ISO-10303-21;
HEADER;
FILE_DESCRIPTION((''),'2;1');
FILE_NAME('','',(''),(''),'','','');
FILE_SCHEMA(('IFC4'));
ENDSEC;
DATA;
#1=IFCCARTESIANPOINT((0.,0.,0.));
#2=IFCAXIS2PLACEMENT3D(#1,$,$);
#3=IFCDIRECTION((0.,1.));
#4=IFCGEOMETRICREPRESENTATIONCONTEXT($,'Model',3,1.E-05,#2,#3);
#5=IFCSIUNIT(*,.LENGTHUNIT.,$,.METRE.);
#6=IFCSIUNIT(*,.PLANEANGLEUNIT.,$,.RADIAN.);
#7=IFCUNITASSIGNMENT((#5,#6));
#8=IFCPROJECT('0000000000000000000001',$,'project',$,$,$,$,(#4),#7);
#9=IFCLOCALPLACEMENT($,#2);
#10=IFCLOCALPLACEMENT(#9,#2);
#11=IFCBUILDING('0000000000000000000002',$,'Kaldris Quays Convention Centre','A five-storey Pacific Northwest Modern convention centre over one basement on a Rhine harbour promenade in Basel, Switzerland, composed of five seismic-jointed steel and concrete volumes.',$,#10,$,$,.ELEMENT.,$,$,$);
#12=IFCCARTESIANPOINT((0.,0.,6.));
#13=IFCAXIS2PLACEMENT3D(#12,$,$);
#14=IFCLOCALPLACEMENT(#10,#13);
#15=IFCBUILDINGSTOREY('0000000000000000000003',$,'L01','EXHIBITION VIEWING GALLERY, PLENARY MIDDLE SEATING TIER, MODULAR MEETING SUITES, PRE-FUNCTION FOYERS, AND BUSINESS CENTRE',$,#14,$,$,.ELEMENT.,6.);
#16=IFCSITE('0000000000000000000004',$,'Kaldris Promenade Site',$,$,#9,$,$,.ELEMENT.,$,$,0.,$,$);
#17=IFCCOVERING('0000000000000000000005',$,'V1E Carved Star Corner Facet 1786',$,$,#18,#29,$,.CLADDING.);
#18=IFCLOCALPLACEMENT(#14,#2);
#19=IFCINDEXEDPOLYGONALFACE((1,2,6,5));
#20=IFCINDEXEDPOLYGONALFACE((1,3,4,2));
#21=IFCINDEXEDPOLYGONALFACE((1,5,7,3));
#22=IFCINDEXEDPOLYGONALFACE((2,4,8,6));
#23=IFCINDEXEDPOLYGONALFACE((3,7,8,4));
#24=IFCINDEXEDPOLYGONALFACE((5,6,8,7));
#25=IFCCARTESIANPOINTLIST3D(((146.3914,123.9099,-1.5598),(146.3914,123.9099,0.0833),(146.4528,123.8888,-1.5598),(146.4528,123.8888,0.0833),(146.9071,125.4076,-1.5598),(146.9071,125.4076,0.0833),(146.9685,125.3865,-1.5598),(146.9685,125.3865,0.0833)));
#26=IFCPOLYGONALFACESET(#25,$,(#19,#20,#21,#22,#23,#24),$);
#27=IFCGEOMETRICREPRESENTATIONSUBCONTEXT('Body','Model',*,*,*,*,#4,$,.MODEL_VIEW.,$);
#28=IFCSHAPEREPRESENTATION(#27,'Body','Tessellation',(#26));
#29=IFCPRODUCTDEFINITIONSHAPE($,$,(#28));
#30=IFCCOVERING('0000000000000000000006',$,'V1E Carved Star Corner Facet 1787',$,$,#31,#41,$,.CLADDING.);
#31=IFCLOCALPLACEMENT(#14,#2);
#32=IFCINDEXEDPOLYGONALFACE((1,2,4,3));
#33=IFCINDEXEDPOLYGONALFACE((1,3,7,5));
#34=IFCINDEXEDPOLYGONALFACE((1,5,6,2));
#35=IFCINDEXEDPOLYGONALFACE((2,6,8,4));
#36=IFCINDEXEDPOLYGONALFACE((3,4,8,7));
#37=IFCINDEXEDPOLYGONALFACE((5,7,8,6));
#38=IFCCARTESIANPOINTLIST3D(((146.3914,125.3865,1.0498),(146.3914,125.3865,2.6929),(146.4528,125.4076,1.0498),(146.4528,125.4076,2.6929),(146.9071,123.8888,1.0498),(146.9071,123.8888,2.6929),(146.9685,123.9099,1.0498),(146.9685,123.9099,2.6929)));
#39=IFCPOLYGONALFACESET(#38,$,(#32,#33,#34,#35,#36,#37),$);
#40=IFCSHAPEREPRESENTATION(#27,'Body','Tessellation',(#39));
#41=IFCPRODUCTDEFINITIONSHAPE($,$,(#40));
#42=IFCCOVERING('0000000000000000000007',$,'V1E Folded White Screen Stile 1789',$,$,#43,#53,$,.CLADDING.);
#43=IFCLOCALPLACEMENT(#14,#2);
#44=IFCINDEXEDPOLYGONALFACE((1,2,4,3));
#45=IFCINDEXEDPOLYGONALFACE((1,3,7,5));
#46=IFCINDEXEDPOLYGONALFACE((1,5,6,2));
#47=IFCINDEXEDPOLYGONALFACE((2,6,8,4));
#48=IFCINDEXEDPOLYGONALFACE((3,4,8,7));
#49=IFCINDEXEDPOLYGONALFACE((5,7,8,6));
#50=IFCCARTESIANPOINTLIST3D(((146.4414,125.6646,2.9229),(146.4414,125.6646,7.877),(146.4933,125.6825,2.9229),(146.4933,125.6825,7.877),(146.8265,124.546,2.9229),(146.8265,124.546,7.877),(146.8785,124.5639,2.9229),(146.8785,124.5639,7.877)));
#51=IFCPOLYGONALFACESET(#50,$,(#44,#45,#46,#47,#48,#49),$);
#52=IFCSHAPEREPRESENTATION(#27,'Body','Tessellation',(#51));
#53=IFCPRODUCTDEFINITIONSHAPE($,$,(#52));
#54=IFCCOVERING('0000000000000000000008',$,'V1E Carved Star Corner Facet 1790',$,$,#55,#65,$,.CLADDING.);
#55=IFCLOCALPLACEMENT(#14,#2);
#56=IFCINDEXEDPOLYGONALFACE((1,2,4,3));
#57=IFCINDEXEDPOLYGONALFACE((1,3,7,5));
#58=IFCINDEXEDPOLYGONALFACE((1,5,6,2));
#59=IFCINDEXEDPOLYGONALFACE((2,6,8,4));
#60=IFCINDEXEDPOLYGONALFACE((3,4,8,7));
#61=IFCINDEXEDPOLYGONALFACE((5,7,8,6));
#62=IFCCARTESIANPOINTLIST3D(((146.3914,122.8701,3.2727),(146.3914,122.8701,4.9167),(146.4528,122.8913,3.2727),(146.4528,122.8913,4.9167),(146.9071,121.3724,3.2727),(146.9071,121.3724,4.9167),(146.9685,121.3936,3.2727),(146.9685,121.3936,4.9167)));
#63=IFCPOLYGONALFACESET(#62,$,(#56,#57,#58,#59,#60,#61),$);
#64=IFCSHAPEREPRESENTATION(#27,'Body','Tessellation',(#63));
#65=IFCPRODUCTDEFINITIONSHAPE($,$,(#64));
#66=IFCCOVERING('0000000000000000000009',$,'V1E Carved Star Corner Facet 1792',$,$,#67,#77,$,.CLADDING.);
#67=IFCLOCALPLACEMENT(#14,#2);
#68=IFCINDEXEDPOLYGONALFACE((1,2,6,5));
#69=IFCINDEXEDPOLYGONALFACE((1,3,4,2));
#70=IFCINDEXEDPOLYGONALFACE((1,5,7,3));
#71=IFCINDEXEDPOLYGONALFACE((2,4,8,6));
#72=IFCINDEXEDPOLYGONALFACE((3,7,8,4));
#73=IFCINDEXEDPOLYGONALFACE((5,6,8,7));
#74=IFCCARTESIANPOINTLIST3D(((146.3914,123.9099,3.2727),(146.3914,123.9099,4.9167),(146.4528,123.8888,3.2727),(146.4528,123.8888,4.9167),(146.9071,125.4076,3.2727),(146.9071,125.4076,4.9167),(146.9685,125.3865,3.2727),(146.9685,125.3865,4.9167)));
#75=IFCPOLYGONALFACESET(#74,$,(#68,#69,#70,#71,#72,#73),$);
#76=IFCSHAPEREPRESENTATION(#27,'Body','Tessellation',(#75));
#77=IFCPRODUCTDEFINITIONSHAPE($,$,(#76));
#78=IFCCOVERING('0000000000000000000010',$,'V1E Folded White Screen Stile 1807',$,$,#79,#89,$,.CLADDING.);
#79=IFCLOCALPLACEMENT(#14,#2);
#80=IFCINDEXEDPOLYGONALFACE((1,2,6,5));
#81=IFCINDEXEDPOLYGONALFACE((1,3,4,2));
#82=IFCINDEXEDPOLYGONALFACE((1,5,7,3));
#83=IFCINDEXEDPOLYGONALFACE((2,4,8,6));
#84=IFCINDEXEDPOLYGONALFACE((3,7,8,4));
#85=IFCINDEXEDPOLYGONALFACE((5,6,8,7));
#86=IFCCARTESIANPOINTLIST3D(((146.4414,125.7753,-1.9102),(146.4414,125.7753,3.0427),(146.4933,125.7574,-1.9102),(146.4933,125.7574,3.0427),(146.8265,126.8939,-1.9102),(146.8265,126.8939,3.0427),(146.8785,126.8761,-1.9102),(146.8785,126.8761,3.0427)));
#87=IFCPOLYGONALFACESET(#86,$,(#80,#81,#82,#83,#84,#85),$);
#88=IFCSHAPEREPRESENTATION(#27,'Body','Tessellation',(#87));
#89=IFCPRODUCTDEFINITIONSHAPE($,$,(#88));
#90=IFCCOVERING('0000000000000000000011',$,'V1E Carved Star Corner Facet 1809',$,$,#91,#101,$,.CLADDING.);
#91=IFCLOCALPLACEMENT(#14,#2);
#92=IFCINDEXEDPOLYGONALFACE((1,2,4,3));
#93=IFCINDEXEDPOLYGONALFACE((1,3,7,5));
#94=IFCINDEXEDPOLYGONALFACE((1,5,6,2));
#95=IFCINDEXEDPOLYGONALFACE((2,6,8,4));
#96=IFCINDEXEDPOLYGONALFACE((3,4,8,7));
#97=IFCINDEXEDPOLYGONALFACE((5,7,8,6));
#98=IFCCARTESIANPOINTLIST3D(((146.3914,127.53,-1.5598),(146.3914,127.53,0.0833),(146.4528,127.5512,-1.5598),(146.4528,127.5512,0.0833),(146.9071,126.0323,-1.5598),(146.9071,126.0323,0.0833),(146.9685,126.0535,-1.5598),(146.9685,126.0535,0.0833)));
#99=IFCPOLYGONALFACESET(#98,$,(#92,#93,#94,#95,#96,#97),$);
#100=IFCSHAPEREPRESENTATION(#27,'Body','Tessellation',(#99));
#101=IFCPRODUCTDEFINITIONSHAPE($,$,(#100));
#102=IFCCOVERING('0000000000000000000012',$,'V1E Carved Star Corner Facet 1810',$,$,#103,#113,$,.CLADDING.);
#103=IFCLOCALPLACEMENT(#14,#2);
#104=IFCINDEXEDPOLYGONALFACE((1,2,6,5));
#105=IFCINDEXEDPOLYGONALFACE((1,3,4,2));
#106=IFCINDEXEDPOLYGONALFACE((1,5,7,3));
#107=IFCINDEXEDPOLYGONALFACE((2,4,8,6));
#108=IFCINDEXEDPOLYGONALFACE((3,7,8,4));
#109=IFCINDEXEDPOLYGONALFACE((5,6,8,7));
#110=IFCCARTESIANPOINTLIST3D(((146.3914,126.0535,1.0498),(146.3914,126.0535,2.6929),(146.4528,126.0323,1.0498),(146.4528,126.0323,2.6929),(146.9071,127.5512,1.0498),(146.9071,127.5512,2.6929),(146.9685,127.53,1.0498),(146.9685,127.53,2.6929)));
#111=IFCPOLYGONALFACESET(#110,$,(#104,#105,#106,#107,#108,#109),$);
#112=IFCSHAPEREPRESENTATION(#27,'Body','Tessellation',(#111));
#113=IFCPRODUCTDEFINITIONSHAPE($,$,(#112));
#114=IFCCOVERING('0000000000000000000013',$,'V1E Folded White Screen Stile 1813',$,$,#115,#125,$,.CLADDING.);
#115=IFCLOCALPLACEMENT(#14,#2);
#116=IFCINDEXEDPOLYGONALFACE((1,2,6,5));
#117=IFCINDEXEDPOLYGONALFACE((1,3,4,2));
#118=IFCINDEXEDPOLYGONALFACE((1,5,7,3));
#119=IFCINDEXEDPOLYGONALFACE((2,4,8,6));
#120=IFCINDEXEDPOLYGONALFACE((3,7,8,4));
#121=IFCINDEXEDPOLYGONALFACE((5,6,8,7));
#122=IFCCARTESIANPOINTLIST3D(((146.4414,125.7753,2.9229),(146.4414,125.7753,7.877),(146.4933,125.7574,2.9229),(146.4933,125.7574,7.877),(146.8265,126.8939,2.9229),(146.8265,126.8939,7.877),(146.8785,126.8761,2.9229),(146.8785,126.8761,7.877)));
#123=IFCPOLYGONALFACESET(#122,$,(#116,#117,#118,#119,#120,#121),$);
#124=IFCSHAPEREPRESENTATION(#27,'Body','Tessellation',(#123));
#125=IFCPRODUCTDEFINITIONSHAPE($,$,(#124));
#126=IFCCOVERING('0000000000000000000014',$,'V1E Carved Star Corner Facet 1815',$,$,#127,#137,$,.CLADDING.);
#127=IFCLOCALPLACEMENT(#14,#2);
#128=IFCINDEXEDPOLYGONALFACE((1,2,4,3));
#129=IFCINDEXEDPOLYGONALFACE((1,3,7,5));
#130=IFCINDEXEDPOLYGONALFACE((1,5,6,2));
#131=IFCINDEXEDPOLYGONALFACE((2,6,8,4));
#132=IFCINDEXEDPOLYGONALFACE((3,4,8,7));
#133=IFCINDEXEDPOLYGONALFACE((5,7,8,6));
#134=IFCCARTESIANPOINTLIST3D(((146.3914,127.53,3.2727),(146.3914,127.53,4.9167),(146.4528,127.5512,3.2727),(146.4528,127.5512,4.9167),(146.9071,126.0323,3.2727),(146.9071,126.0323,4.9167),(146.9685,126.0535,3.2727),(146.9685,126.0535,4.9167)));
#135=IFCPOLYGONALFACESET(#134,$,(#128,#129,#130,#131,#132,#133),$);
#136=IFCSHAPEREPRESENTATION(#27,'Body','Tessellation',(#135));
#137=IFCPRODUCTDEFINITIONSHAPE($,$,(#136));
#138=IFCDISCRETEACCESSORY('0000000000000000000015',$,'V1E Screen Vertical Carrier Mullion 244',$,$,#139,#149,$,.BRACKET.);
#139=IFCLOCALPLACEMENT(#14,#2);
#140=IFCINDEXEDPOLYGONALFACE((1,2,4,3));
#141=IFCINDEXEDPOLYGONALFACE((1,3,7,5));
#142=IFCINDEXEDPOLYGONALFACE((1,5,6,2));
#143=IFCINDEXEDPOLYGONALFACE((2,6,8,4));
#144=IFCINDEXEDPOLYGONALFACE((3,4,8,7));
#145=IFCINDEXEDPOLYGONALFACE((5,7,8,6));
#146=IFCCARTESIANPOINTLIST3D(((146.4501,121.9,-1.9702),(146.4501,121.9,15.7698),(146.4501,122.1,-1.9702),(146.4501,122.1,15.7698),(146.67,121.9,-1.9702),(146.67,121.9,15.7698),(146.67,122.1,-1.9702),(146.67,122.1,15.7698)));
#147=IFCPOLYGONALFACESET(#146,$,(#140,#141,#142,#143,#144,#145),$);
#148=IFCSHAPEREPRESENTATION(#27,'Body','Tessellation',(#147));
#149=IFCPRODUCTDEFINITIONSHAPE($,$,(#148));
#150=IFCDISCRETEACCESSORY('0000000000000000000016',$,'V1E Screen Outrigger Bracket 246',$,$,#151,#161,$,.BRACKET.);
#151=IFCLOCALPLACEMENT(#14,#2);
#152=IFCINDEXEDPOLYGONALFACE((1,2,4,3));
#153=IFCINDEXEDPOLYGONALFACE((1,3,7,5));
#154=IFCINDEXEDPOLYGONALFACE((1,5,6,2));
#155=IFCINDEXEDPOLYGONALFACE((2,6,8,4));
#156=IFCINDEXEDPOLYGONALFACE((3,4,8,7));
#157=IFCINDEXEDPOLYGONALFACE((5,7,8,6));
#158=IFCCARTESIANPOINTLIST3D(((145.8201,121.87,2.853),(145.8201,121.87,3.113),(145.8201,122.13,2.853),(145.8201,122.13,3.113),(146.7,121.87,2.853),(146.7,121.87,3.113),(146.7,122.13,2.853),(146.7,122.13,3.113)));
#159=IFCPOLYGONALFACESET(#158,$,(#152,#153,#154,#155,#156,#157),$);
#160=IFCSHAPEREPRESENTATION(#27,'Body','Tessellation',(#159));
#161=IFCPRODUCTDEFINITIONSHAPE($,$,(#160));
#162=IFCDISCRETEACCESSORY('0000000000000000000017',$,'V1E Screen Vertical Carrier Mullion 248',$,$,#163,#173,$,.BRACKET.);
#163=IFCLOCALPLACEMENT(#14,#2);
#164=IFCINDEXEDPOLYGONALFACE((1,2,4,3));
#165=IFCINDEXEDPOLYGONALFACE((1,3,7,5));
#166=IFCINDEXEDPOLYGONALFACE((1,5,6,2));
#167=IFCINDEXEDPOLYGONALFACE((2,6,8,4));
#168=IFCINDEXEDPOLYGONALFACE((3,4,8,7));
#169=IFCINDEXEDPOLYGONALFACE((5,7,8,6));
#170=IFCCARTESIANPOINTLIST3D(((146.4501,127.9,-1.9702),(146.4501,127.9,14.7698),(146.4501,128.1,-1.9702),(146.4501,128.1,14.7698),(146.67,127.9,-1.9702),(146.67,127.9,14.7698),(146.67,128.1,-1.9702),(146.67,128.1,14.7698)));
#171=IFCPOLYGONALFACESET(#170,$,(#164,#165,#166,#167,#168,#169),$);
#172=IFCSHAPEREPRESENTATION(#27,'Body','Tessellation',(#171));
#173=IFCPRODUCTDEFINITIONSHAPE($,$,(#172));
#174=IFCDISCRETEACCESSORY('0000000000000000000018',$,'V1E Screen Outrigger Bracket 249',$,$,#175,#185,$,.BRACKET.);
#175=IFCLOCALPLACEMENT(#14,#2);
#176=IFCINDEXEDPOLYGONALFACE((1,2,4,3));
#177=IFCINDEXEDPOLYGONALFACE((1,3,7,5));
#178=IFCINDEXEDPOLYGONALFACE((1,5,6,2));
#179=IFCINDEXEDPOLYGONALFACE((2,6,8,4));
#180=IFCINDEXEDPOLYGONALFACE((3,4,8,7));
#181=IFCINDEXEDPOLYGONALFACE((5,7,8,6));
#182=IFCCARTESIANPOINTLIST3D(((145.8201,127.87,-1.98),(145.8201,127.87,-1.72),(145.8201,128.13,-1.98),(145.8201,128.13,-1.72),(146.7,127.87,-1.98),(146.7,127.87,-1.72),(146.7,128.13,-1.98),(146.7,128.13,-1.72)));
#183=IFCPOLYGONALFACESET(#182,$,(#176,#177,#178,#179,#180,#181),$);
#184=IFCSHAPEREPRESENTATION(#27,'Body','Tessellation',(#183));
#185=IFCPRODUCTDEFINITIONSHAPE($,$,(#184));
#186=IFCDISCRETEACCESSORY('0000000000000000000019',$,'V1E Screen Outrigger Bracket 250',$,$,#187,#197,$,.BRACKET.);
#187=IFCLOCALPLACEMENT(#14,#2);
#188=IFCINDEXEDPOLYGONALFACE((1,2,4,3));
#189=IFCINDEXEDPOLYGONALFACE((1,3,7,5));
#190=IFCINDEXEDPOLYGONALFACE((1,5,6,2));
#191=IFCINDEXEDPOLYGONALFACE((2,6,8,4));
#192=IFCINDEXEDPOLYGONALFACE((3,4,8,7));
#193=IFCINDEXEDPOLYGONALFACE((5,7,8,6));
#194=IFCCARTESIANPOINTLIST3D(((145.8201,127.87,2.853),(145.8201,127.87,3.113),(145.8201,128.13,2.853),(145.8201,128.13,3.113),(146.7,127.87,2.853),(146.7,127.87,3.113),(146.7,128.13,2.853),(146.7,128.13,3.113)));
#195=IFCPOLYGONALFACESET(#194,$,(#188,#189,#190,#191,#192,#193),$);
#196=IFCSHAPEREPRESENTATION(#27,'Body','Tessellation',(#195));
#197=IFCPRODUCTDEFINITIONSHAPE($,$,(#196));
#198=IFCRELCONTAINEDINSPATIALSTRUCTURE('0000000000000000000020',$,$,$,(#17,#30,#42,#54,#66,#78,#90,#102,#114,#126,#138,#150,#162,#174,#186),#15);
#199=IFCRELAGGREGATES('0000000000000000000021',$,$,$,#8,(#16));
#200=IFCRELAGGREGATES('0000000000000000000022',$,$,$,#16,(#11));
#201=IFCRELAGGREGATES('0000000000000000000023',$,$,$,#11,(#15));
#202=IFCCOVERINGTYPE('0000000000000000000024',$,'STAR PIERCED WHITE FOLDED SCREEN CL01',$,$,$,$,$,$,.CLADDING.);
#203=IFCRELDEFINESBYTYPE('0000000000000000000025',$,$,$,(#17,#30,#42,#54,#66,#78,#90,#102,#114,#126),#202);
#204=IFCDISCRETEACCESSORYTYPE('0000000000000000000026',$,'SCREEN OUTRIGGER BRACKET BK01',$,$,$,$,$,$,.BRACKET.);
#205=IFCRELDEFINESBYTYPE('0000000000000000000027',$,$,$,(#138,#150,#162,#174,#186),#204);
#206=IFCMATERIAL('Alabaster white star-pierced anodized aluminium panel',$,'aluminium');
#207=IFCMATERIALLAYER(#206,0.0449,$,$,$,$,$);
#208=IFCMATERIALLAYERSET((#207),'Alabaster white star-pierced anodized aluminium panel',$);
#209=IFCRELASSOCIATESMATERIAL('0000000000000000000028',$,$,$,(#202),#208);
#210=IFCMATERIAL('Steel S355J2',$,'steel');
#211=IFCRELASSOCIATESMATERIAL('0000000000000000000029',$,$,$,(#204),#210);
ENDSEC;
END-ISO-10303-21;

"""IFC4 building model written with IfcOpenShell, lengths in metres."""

from ifc_helpers import new_model, si_unit, direction, frame, origin, origin_2d, place, context, subcontext, project, spatial, rectangle, extrude, material, layer, layer_set, type_object, element, save


model = new_model("IFC4")

# Units and contexts
model_context = context("Model", 3, precision=1e-05, world=origin(), true_north=direction((0.0, 1.0)))
body_context = subcontext(model_context, "Body", "Model", "MODEL_VIEW")
ifc_project = project(units=[si_unit("LENGTHUNIT", "METRE"), si_unit("PLANEANGLEUNIT", "RADIAN")], contexts=[model_context])

# Site, building, storey
site_placement = place(None, origin())
site = spatial("IfcSite", under=ifc_project, at=site_placement, Name="Kaldris Promenade Site", CompositionType="ELEMENT", RefElevation=0.0)
building_placement = place(site_placement, origin())
building = spatial("IfcBuilding", under=site, at=building_placement, Name="Kaldris Quays Convention Centre", Description="A five-storey Pacific Northwest Modern convention centre over one basement on a Rhine harbour promenade in Basel, Switzerland, composed of five seismic-jointed steel and concrete volumes.", CompositionType="ELEMENT")
storey_placement = place(building_placement, frame((0.0, 0.0, 6.0)))
storey = spatial("IfcBuildingStorey", under=building, at=storey_placement, Name="L01", Description="EXHIBITION VIEWING GALLERY, PLENARY MIDDLE SEATING TIER, MODULAR MEETING SUITES, PRE-FUNCTION FOYERS, AND BUSINESS CENTRE", CompositionType="ELEMENT", Elevation=6.0)

# Shared definitions
ifc_material_1 = material(Name="Steel S355J2", Category="steel")

# Coverings
ifc_material_2 = material(Name="Alabaster white star-pierced anodized aluminium panel", Category="aluminium")
ifc_layer_1 = layer(ifc_material_2, 0.0449)
ifc_layer_set_1 = layer_set([ifc_layer_1], Name="Alabaster white star-pierced anodized aluminium panel")
covering_type = type_object("IfcCoveringType", Name="STAR PIERCED WHITE FOLDED SCREEN CL01", PredefinedType="CLADDING", material=ifc_layer_set_1)
for number, where, z_axis, x_axis, name in (
    (1, (146.6799, 124.6482, -1.5598), (0.0, 0.0, 1.0), (0.325568, 0.945519, 0.0), "V1E Carved Star Corner Facet 1786"),
    (2, (146.6799, 124.6482, 1.0498), (0.0, 0.0, 1.0), (-0.325568, 0.945519, 0.0), "V1E Carved Star Corner Facet 1787"),
):
    element("IfcCovering", number, at=place(storey_placement, frame(where, z_axis=z_axis, x_axis=x_axis)), inside=storey, type_object=covering_type, Name=name, PredefinedType="CLADDING", context=body_context, shape_type="SweptSolid", body=[
        extrude(rectangle(XDim=1.584, YDim=0.0649, at=origin_2d()), origin(), (0.0, 0.0, 1.0), 1.6431),
    ])
covering_1_placement = place(storey_placement, frame((146.6599, 125.1143, 2.9229), z_axis=(0.0, 0.0, 1.0), x_axis=(-0.325568, 0.945519, 0.0)))
element("IfcCovering", 3, at=covering_1_placement, inside=storey, type_object=covering_type, Name="V1E Folded White Screen Stile 1789", PredefinedType="CLADDING", context=body_context, shape_type="SweptSolid", body=[
    extrude(rectangle(XDim=1.1831, YDim=0.0549, at=origin_2d()), origin(), (0.0, 0.0, 1.0), 4.9541),
])
for number, where, z_axis, x_axis, name in (
    (4, (146.6799, 122.1318, 3.2727), (0.0, 0.0, 1.0), (-0.325568, 0.945519, 0.0), "V1E Carved Star Corner Facet 1790"),
    (5, (146.6799, 124.6482, 3.2727), (0.0, 0.0, 1.0), (0.325568, 0.945519, 0.0), "V1E Carved Star Corner Facet 1792"),
):
    element("IfcCovering", number, at=place(storey_placement, frame(where, z_axis=z_axis, x_axis=x_axis)), inside=storey, type_object=covering_type, Name=name, PredefinedType="CLADDING", context=body_context, shape_type="SweptSolid", body=[
        extrude(rectangle(XDim=1.584, YDim=0.0649, at=origin_2d()), origin(), (0.0, 0.0, 1.0), 1.644),
    ])
covering_2_placement = place(storey_placement, frame((146.6599, 126.3257, -1.9102), z_axis=(0.0, 0.0, 1.0), x_axis=(0.325568, 0.945519, 0.0)))
element("IfcCovering", 6, at=covering_2_placement, inside=storey, type_object=covering_type, Name="V1E Folded White Screen Stile 1807", PredefinedType="CLADDING", context=body_context, shape_type="SweptSolid", body=[
    extrude(rectangle(XDim=1.1831, YDim=0.0549, at=origin_2d()), origin(), (0.0, 0.0, 1.0), 4.9529),
])
for number, where, z_axis, x_axis, name in (
    (7, (146.6799, 126.7917, -1.5598), (0.0, 0.0, 1.0), (-0.325568, 0.945519, 0.0), "V1E Carved Star Corner Facet 1809"),
    (8, (146.6799, 126.7917, 1.0498), (0.0, 0.0, 1.0), (0.325568, 0.945519, 0.0), "V1E Carved Star Corner Facet 1810"),
):
    element("IfcCovering", number, at=place(storey_placement, frame(where, z_axis=z_axis, x_axis=x_axis)), inside=storey, type_object=covering_type, Name=name, PredefinedType="CLADDING", context=body_context, shape_type="SweptSolid", body=[
        extrude(rectangle(XDim=1.584, YDim=0.0649, at=origin_2d()), origin(), (0.0, 0.0, 1.0), 1.6431),
    ])
covering_3_placement = place(storey_placement, frame((146.6599, 126.3257, 2.9229), z_axis=(0.0, 0.0, 1.0), x_axis=(0.325568, 0.945519, 0.0)))
element("IfcCovering", 9, at=covering_3_placement, inside=storey, type_object=covering_type, Name="V1E Folded White Screen Stile 1813", PredefinedType="CLADDING", context=body_context, shape_type="SweptSolid", body=[
    extrude(rectangle(XDim=1.1831, YDim=0.0549, at=origin_2d()), origin(), (0.0, 0.0, 1.0), 4.9541),
])
covering_4_placement = place(storey_placement, frame((146.6799, 126.7917, 3.2727), z_axis=(0.0, 0.0, 1.0), x_axis=(-0.325568, 0.945519, 0.0)))
element("IfcCovering", 10, at=covering_4_placement, inside=storey, type_object=covering_type, Name="V1E Carved Star Corner Facet 1815", PredefinedType="CLADDING", context=body_context, shape_type="SweptSolid", body=[
    extrude(rectangle(XDim=1.584, YDim=0.0649, at=origin_2d()), origin(), (0.0, 0.0, 1.0), 1.644),
])

# Discrete accessories
discrete_accessory_type = type_object("IfcDiscreteAccessoryType", Name="SCREEN OUTRIGGER BRACKET BK01", PredefinedType="BRACKET", material=ifc_material_1)
discrete_accessory_1_placement = place(storey_placement, frame((146.5601, 122.0, -1.9702), z_axis=(0.0, 0.0, 1.0), x_axis=(0.0, 1.0, 0.0)))
element("IfcDiscreteAccessory", 11, at=discrete_accessory_1_placement, inside=storey, type_object=discrete_accessory_type, Name="V1E Screen Vertical Carrier Mullion 244", PredefinedType="BRACKET", context=body_context, shape_type="SweptSolid", body=[
    extrude(rectangle(XDim=0.2, YDim=0.22, at=origin_2d()), origin(), (0.0, 0.0, 1.0), 17.74),
])
discrete_accessory_2_placement = place(storey_placement, frame((146.26, 122.0, 2.853), z_axis=(0.0, 0.0, 1.0), x_axis=(0.0, 1.0, 0.0)))
element("IfcDiscreteAccessory", 12, at=discrete_accessory_2_placement, inside=storey, type_object=discrete_accessory_type, Name="V1E Screen Outrigger Bracket 246", PredefinedType="BRACKET", context=body_context, shape_type="SweptSolid", body=[
    extrude(rectangle(XDim=0.26, YDim=0.8799, at=origin_2d()), origin(), (0.0, 0.0, 1.0), 0.26),
])
discrete_accessory_3_placement = place(storey_placement, frame((146.5601, 128.0, -1.9702), z_axis=(0.0, 0.0, 1.0), x_axis=(0.0, 1.0, 0.0)))
element("IfcDiscreteAccessory", 13, at=discrete_accessory_3_placement, inside=storey, type_object=discrete_accessory_type, Name="V1E Screen Vertical Carrier Mullion 248", PredefinedType="BRACKET", context=body_context, shape_type="SweptSolid", body=[
    extrude(rectangle(XDim=0.2, YDim=0.22, at=origin_2d()), origin(), (0.0, 0.0, 1.0), 16.74),
])
for number, where, z_axis, x_axis, name in (
    (14, (146.26, 128.0, -1.98), (0.0, 0.0, 1.0), (0.0, 1.0, 0.0), "V1E Screen Outrigger Bracket 249"),
    (15, (146.26, 128.0, 2.853), (0.0, 0.0, 1.0), (0.0, 1.0, 0.0), "V1E Screen Outrigger Bracket 250"),
):
    element("IfcDiscreteAccessory", number, at=place(storey_placement, frame(where, z_axis=z_axis, x_axis=x_axis)), inside=storey, type_object=discrete_accessory_type, Name=name, PredefinedType="BRACKET", context=body_context, shape_type="SweptSolid", body=[
        extrude(rectangle(XDim=0.26, YDim=0.8799, at=origin_2d()), origin(), (0.0, 0.0, 1.0), 0.26),
    ])

save(model, "model.ifc")
